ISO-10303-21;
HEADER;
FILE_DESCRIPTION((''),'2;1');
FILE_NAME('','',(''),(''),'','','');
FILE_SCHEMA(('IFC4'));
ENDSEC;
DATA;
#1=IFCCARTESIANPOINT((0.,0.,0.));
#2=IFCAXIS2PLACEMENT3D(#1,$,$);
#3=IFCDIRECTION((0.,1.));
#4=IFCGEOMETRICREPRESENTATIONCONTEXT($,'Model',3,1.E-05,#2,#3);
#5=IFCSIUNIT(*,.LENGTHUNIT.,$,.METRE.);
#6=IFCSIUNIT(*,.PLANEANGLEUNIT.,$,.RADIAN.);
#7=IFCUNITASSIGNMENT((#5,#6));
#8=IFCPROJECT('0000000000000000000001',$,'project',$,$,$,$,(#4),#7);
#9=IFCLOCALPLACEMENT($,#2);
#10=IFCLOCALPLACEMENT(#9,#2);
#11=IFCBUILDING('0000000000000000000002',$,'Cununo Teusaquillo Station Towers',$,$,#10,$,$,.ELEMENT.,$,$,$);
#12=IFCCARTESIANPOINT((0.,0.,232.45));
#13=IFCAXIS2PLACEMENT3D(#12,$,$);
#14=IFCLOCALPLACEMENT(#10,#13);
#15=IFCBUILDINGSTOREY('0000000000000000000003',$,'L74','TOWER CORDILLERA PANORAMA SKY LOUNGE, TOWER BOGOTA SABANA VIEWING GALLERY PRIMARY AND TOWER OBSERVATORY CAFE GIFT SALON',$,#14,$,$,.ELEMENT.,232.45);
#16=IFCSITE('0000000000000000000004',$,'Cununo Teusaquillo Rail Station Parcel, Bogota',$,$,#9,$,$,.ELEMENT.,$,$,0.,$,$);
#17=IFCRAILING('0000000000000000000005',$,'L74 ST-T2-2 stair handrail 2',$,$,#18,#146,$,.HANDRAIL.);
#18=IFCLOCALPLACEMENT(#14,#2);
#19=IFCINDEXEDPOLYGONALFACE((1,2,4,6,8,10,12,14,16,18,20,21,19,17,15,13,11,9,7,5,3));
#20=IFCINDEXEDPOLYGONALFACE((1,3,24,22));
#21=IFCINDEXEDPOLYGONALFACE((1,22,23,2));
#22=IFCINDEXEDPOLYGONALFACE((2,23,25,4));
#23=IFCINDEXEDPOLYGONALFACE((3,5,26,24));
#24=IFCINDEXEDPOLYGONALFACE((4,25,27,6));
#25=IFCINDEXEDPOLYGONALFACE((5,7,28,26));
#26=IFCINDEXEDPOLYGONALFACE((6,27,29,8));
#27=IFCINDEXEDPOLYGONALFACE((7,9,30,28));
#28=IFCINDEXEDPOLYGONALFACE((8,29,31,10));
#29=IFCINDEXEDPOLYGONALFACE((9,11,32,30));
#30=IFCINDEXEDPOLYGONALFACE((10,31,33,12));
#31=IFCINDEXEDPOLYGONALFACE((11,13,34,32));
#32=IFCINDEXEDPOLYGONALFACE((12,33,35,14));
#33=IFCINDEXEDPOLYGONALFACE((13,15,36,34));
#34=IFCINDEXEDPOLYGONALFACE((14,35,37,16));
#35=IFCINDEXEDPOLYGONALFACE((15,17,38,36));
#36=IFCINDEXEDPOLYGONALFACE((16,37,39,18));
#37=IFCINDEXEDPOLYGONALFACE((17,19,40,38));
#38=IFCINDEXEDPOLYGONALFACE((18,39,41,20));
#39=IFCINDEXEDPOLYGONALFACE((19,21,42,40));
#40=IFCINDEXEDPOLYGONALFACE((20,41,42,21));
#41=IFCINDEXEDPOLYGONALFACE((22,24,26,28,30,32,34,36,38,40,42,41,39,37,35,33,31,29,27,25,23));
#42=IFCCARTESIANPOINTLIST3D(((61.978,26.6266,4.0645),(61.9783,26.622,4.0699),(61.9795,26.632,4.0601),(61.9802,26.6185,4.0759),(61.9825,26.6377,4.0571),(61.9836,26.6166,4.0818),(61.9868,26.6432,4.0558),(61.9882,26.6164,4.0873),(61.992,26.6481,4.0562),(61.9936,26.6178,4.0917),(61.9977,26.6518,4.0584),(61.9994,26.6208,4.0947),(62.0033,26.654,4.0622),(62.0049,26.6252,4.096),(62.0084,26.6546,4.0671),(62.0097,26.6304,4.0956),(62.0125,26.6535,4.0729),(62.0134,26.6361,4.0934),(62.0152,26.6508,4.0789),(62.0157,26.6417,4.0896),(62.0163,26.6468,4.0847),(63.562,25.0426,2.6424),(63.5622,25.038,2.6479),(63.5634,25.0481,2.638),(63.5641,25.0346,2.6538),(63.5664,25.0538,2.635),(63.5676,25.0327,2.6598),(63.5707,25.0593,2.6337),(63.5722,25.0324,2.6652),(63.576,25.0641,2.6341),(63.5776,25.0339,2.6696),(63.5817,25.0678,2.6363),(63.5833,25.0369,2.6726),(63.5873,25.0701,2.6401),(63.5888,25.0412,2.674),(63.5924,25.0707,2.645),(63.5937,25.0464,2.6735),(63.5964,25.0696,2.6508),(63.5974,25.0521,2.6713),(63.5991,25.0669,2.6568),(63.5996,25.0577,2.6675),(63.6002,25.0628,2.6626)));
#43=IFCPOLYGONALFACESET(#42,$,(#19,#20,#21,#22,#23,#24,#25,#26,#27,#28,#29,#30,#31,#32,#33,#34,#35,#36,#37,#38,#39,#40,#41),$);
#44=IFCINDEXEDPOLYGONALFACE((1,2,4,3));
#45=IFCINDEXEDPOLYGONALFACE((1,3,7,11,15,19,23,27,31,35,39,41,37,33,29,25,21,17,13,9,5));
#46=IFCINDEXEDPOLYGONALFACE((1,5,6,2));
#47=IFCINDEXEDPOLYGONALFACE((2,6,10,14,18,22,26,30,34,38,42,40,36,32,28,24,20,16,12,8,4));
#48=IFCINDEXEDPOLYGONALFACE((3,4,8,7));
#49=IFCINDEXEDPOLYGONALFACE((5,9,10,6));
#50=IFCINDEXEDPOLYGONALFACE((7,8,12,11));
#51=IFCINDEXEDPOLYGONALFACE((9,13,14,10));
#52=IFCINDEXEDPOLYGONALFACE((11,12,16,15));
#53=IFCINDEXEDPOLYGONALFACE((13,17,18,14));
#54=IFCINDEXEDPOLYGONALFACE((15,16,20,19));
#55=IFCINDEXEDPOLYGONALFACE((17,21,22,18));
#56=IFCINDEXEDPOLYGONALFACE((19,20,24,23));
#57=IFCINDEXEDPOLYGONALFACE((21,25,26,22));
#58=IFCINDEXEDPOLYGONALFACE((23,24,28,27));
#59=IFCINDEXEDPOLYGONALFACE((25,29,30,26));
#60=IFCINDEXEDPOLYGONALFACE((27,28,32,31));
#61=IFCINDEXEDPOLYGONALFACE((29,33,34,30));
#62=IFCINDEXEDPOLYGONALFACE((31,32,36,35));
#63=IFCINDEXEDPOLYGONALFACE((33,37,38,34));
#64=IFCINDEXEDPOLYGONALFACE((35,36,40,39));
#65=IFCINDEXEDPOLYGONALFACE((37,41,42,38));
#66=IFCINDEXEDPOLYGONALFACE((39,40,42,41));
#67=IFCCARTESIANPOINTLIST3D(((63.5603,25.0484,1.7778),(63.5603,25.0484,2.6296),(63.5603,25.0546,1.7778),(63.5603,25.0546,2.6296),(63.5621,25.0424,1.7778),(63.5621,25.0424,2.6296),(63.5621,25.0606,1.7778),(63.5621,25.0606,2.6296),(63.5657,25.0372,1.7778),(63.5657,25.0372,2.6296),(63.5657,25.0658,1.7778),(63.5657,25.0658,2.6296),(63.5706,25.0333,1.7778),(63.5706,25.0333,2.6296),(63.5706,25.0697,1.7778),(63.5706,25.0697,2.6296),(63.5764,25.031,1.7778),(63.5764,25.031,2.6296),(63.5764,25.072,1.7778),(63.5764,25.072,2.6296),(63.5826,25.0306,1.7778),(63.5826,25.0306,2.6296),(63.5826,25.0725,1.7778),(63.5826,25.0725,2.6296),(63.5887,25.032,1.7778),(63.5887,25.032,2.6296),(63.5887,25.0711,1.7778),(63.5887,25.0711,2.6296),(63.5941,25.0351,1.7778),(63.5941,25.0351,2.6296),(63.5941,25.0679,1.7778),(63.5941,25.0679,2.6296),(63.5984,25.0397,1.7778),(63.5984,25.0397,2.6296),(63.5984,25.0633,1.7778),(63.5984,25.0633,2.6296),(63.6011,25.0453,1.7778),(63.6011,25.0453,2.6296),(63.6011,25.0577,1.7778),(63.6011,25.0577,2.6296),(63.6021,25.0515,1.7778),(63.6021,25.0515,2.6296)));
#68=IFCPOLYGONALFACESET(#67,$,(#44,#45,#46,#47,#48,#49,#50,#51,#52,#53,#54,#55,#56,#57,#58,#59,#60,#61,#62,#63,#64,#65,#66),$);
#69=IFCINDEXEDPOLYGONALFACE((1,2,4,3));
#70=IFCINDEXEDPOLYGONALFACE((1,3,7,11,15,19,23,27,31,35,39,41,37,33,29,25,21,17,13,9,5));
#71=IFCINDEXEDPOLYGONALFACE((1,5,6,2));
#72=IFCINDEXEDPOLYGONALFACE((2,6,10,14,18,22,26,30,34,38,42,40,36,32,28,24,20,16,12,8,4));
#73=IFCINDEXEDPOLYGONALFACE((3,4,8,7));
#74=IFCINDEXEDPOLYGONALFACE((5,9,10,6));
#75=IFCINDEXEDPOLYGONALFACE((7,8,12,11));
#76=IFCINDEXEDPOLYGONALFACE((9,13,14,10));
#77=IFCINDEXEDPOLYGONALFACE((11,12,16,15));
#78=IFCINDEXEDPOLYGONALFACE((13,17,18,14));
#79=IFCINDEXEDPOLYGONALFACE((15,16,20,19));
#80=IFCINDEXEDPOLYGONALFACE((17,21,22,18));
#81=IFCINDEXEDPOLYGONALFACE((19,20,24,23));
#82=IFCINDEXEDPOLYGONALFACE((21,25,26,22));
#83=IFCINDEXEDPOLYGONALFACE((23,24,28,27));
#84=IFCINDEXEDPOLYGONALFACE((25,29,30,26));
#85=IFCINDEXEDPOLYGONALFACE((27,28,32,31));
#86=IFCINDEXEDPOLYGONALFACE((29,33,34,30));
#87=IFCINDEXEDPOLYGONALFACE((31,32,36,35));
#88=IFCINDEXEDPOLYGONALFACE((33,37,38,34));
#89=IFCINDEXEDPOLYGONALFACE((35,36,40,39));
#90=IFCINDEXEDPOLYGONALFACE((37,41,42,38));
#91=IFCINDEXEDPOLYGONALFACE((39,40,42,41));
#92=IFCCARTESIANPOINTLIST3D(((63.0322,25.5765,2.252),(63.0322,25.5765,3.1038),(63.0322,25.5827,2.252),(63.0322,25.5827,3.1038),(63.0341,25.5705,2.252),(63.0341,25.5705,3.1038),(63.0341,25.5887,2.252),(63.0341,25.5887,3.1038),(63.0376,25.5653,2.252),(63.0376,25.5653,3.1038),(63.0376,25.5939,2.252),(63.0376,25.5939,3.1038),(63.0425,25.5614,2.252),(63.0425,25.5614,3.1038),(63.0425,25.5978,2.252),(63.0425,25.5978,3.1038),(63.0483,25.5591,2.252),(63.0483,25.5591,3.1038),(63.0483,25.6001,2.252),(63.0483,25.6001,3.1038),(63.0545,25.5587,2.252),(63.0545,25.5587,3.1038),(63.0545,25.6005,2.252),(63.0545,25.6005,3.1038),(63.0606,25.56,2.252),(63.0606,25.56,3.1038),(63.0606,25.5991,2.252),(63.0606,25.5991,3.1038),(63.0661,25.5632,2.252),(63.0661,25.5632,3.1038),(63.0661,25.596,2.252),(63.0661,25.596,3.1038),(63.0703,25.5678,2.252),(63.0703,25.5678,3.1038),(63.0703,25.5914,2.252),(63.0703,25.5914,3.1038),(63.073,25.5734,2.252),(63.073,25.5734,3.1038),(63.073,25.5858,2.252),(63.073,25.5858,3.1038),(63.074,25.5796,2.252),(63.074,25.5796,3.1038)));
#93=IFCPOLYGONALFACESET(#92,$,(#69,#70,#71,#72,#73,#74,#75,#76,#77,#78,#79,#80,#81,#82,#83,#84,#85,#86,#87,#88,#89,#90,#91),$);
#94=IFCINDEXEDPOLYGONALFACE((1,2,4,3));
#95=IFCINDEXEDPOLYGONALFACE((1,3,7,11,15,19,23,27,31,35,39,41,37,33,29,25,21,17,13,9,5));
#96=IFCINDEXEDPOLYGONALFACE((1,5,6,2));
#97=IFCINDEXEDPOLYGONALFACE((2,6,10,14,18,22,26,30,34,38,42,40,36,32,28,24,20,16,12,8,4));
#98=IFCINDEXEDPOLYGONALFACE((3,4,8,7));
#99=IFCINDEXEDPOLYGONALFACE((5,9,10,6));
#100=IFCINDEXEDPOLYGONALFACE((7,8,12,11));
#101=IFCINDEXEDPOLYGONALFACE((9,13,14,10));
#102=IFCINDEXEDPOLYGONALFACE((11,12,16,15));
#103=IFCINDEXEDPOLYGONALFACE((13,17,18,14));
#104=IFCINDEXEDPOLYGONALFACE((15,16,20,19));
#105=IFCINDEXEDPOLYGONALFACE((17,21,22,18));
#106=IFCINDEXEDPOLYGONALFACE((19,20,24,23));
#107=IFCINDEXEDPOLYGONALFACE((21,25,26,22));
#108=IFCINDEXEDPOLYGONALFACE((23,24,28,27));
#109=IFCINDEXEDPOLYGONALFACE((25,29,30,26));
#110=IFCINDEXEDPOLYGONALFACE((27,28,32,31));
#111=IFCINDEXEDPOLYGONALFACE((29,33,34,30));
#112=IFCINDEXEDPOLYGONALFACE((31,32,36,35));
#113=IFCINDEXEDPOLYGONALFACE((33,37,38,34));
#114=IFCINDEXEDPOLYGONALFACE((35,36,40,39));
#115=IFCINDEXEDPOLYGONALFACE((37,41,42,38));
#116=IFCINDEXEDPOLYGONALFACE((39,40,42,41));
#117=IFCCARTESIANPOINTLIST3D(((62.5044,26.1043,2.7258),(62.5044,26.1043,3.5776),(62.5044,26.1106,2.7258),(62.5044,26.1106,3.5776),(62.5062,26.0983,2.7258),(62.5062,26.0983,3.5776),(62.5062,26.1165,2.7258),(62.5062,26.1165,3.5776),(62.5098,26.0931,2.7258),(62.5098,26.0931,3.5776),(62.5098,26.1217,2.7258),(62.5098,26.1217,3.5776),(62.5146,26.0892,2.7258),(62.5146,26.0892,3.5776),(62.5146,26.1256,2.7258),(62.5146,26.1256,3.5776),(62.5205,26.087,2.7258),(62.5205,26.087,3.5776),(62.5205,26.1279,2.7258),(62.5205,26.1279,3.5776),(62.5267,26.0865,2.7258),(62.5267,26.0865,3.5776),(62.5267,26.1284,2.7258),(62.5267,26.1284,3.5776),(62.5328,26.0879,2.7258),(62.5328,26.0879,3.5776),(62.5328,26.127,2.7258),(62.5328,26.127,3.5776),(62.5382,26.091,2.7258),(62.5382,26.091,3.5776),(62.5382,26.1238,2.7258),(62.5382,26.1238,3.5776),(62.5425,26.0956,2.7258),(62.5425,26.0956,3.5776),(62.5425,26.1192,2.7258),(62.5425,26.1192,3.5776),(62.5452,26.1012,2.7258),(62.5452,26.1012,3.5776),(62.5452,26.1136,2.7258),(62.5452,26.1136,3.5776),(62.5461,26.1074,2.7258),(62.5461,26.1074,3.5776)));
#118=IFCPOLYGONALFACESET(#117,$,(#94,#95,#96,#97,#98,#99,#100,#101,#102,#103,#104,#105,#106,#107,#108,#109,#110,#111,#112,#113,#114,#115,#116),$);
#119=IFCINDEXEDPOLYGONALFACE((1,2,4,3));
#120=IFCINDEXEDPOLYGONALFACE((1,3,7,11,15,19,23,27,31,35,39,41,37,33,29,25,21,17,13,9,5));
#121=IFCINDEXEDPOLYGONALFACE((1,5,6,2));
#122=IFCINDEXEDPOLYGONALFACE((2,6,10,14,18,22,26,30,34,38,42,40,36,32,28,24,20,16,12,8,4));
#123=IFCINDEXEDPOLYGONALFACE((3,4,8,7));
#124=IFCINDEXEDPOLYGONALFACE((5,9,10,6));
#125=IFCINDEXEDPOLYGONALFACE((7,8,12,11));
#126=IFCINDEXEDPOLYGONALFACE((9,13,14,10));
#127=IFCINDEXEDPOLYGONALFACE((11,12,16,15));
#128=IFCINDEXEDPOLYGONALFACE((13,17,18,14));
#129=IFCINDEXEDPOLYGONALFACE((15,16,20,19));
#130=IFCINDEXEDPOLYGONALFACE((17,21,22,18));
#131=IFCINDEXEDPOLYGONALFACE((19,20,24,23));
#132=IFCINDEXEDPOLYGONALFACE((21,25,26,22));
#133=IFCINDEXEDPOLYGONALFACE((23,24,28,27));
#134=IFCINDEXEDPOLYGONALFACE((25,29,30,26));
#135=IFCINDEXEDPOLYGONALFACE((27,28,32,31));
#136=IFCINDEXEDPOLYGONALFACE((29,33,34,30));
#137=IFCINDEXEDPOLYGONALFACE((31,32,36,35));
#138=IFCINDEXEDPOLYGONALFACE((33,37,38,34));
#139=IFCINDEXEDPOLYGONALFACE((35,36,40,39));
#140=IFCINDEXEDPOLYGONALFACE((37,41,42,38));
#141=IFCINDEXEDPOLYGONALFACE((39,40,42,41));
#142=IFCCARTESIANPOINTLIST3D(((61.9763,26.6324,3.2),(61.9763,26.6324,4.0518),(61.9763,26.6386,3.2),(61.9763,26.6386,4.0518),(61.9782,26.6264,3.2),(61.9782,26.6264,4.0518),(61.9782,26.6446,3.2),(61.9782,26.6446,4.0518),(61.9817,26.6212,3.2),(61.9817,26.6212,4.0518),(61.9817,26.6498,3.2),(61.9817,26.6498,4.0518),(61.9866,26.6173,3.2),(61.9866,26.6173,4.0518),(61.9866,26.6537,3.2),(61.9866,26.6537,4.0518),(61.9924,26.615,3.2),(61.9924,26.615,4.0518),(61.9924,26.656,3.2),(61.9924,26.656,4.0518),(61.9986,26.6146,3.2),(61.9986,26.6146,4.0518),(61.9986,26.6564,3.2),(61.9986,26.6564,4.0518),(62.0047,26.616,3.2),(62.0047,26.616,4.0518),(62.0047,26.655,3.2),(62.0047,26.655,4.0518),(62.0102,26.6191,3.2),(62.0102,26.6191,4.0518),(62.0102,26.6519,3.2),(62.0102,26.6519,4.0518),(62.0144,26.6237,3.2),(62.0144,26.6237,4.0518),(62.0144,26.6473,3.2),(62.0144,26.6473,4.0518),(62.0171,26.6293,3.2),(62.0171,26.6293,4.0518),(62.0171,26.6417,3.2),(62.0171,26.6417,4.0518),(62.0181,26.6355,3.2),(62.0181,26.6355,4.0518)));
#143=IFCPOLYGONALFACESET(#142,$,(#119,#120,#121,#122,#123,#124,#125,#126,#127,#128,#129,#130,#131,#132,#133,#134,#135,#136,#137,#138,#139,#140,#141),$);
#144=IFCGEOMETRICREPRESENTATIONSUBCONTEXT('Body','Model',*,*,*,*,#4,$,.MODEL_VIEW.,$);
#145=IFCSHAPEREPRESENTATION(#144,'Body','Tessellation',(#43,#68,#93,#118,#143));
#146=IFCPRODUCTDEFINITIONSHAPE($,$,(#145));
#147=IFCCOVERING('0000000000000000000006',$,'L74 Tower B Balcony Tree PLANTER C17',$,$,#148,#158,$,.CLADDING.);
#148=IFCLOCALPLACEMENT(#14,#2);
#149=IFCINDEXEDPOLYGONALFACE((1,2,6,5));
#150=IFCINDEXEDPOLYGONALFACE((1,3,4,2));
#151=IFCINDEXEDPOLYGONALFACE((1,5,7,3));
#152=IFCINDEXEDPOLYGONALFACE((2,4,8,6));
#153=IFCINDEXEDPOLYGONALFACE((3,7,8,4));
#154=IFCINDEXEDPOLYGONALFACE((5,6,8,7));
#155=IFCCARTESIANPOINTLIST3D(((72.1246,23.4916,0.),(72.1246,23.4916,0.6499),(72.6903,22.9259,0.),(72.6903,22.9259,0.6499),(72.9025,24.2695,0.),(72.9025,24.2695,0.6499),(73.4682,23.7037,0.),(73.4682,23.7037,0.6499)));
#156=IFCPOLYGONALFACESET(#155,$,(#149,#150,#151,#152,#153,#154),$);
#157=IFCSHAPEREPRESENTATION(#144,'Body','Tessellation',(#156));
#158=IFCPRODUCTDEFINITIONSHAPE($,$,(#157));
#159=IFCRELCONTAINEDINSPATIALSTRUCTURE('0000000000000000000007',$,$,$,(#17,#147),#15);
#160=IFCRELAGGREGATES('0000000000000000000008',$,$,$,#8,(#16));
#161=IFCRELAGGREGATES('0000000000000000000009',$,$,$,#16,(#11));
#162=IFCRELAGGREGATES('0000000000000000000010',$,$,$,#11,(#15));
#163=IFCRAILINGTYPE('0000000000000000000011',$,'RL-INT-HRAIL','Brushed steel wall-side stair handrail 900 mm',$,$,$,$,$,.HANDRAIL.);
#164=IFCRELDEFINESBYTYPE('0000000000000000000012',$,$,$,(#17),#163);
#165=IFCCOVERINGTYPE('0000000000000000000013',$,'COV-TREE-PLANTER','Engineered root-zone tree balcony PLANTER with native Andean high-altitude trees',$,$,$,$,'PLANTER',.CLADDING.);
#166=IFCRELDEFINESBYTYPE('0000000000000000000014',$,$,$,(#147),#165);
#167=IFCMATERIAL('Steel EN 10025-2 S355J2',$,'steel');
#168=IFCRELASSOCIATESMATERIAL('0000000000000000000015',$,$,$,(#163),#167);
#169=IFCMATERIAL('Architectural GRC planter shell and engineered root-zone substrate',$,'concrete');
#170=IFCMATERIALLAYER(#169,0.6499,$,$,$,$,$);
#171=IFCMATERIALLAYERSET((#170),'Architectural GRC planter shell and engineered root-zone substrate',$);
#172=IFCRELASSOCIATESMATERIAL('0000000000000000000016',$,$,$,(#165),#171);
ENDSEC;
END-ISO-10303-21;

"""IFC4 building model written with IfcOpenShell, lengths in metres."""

from ifc_helpers import new_model, si_unit, direction, frame, origin, origin_2d, place, context, subcontext, project, spatial, rectangle, circle, extrude, source, transform, mapped, material, layer, layer_set, type_object, element, save


model = new_model("IFC4")

# Units and contexts
model_context = context("Model", 3, precision=1e-05, world=origin(), true_north=direction((0.0, 1.0)))
body_context = subcontext(model_context, "Body", "Model", "MODEL_VIEW")
ifc_project = project(units=[si_unit("LENGTHUNIT", "METRE"), si_unit("PLANEANGLEUNIT", "RADIAN")], contexts=[model_context])

# Site, building, storey
site_placement = place(None, origin())
site = spatial("IfcSite", under=ifc_project, at=site_placement, Name="Cununo Teusaquillo Rail Station Parcel, Bogota", CompositionType="ELEMENT", RefElevation=0.0)
building_placement = place(site_placement, origin())
building = spatial("IfcBuilding", under=site, at=building_placement, Name="Cununo Teusaquillo Station Towers", CompositionType="ELEMENT")
storey_placement = place(building_placement, frame((0.0, 0.0, 232.45)))
storey = spatial("IfcBuildingStorey", under=building, at=storey_placement, Name="L74", Description="TOWER CORDILLERA PANORAMA SKY LOUNGE, TOWER BOGOTA SABANA VIEWING GALLERY PRIMARY AND TOWER OBSERVATORY CAFE GIFT SALON", CompositionType="ELEMENT", Elevation=232.45)

# Railing
ifc_material_1 = material(Name="Steel EN 10025-2 S355J2", Category="steel")
railing_type_1 = type_object("IfcRailingType", Name="RL-INT-HRAIL", Description="Brushed steel wall-side stair handrail 900 mm", PredefinedType="HANDRAIL", material=ifc_material_1)
railing_1_placement = place(storey_placement, frame((63.5811, 25.0515, 1.7778)))
element("IfcRailing", 1, at=railing_1_placement, inside=storey, type_object=railing_type_1, Name="L74 ST-T2-2 stair handrail 2", PredefinedType="HANDRAIL", context=body_context, shape_type="SweptSolid", body=[
    extrude(circle(Radius=0.0239, at=origin_2d()), frame((0.0, 0.0, 0.876), z_axis=(-0.596968, 0.596968, 0.535965), x_axis=(-0.707107, -0.707107, 0.0)), (0.0, 0.0, 1.0), 2.6533),
    extrude(circle(Radius=0.021, at=origin_2d()), origin(), (0.0, 0.0, 1.0), 0.8518),
    extrude(circle(Radius=0.021, at=origin_2d()), frame((-0.5281, 0.5281, 0.4741)), (0.0, 0.0, 1.0), 0.8518),
    extrude(circle(Radius=0.021, at=origin_2d()), frame((-1.0559, 1.0559, 0.948)), (0.0, 0.0, 1.0), 0.8518),
    extrude(circle(Radius=0.021, at=origin_2d()), frame((-1.584, 1.584, 1.4221)), (0.0, 0.0, 1.0), 0.8518),
])

# Covering
ifc_material_2 = material(Name="Architectural GRC planter shell and engineered root-zone substrate", Category="concrete")
ifc_layer_1 = layer(ifc_material_2, 0.6499)
ifc_layer_set_1 = layer_set([ifc_layer_1], Name="Architectural GRC planter shell and engineered root-zone substrate")
covering_type = type_object("IfcCoveringType", Name="COV-TREE-PLANTER", Description="Engineered root-zone tree balcony PLANTER with native Andean high-altitude trees", ElementType="PLANTER", PredefinedType="CLADDING", material=ifc_layer_set_1)
shared_shape_1 = source(origin(), body_context, "Body", "SweptSolid", [
    extrude(rectangle(XDim=1.1001, YDim=0.8, at=origin_2d()), origin(), (0.0, 0.0, 1.0), 0.6499),
])
covering_placement = place(storey_placement, frame((72.7964, 23.5977, 0.0), z_axis=(0.0, 0.0, 1.0), x_axis=(0.707107, 0.707107, 0.0)))
element("IfcCovering", 2, at=covering_placement, inside=storey, type_object=covering_type, Name="L74 Tower B Balcony Tree PLANTER C17", PredefinedType="CLADDING", context=body_context, shape_type="MappedRepresentation", body=[
    mapped(shared_shape_1, transform((0.0, 0.0, 0.0), x_axis=(1.0, 0.0, 0.0), y_axis=(0.0, 1.0, 0.0), z_axis=(0.0, 0.0, 1.0), scale=1.0)),
])

save(model, "model.ifc")
